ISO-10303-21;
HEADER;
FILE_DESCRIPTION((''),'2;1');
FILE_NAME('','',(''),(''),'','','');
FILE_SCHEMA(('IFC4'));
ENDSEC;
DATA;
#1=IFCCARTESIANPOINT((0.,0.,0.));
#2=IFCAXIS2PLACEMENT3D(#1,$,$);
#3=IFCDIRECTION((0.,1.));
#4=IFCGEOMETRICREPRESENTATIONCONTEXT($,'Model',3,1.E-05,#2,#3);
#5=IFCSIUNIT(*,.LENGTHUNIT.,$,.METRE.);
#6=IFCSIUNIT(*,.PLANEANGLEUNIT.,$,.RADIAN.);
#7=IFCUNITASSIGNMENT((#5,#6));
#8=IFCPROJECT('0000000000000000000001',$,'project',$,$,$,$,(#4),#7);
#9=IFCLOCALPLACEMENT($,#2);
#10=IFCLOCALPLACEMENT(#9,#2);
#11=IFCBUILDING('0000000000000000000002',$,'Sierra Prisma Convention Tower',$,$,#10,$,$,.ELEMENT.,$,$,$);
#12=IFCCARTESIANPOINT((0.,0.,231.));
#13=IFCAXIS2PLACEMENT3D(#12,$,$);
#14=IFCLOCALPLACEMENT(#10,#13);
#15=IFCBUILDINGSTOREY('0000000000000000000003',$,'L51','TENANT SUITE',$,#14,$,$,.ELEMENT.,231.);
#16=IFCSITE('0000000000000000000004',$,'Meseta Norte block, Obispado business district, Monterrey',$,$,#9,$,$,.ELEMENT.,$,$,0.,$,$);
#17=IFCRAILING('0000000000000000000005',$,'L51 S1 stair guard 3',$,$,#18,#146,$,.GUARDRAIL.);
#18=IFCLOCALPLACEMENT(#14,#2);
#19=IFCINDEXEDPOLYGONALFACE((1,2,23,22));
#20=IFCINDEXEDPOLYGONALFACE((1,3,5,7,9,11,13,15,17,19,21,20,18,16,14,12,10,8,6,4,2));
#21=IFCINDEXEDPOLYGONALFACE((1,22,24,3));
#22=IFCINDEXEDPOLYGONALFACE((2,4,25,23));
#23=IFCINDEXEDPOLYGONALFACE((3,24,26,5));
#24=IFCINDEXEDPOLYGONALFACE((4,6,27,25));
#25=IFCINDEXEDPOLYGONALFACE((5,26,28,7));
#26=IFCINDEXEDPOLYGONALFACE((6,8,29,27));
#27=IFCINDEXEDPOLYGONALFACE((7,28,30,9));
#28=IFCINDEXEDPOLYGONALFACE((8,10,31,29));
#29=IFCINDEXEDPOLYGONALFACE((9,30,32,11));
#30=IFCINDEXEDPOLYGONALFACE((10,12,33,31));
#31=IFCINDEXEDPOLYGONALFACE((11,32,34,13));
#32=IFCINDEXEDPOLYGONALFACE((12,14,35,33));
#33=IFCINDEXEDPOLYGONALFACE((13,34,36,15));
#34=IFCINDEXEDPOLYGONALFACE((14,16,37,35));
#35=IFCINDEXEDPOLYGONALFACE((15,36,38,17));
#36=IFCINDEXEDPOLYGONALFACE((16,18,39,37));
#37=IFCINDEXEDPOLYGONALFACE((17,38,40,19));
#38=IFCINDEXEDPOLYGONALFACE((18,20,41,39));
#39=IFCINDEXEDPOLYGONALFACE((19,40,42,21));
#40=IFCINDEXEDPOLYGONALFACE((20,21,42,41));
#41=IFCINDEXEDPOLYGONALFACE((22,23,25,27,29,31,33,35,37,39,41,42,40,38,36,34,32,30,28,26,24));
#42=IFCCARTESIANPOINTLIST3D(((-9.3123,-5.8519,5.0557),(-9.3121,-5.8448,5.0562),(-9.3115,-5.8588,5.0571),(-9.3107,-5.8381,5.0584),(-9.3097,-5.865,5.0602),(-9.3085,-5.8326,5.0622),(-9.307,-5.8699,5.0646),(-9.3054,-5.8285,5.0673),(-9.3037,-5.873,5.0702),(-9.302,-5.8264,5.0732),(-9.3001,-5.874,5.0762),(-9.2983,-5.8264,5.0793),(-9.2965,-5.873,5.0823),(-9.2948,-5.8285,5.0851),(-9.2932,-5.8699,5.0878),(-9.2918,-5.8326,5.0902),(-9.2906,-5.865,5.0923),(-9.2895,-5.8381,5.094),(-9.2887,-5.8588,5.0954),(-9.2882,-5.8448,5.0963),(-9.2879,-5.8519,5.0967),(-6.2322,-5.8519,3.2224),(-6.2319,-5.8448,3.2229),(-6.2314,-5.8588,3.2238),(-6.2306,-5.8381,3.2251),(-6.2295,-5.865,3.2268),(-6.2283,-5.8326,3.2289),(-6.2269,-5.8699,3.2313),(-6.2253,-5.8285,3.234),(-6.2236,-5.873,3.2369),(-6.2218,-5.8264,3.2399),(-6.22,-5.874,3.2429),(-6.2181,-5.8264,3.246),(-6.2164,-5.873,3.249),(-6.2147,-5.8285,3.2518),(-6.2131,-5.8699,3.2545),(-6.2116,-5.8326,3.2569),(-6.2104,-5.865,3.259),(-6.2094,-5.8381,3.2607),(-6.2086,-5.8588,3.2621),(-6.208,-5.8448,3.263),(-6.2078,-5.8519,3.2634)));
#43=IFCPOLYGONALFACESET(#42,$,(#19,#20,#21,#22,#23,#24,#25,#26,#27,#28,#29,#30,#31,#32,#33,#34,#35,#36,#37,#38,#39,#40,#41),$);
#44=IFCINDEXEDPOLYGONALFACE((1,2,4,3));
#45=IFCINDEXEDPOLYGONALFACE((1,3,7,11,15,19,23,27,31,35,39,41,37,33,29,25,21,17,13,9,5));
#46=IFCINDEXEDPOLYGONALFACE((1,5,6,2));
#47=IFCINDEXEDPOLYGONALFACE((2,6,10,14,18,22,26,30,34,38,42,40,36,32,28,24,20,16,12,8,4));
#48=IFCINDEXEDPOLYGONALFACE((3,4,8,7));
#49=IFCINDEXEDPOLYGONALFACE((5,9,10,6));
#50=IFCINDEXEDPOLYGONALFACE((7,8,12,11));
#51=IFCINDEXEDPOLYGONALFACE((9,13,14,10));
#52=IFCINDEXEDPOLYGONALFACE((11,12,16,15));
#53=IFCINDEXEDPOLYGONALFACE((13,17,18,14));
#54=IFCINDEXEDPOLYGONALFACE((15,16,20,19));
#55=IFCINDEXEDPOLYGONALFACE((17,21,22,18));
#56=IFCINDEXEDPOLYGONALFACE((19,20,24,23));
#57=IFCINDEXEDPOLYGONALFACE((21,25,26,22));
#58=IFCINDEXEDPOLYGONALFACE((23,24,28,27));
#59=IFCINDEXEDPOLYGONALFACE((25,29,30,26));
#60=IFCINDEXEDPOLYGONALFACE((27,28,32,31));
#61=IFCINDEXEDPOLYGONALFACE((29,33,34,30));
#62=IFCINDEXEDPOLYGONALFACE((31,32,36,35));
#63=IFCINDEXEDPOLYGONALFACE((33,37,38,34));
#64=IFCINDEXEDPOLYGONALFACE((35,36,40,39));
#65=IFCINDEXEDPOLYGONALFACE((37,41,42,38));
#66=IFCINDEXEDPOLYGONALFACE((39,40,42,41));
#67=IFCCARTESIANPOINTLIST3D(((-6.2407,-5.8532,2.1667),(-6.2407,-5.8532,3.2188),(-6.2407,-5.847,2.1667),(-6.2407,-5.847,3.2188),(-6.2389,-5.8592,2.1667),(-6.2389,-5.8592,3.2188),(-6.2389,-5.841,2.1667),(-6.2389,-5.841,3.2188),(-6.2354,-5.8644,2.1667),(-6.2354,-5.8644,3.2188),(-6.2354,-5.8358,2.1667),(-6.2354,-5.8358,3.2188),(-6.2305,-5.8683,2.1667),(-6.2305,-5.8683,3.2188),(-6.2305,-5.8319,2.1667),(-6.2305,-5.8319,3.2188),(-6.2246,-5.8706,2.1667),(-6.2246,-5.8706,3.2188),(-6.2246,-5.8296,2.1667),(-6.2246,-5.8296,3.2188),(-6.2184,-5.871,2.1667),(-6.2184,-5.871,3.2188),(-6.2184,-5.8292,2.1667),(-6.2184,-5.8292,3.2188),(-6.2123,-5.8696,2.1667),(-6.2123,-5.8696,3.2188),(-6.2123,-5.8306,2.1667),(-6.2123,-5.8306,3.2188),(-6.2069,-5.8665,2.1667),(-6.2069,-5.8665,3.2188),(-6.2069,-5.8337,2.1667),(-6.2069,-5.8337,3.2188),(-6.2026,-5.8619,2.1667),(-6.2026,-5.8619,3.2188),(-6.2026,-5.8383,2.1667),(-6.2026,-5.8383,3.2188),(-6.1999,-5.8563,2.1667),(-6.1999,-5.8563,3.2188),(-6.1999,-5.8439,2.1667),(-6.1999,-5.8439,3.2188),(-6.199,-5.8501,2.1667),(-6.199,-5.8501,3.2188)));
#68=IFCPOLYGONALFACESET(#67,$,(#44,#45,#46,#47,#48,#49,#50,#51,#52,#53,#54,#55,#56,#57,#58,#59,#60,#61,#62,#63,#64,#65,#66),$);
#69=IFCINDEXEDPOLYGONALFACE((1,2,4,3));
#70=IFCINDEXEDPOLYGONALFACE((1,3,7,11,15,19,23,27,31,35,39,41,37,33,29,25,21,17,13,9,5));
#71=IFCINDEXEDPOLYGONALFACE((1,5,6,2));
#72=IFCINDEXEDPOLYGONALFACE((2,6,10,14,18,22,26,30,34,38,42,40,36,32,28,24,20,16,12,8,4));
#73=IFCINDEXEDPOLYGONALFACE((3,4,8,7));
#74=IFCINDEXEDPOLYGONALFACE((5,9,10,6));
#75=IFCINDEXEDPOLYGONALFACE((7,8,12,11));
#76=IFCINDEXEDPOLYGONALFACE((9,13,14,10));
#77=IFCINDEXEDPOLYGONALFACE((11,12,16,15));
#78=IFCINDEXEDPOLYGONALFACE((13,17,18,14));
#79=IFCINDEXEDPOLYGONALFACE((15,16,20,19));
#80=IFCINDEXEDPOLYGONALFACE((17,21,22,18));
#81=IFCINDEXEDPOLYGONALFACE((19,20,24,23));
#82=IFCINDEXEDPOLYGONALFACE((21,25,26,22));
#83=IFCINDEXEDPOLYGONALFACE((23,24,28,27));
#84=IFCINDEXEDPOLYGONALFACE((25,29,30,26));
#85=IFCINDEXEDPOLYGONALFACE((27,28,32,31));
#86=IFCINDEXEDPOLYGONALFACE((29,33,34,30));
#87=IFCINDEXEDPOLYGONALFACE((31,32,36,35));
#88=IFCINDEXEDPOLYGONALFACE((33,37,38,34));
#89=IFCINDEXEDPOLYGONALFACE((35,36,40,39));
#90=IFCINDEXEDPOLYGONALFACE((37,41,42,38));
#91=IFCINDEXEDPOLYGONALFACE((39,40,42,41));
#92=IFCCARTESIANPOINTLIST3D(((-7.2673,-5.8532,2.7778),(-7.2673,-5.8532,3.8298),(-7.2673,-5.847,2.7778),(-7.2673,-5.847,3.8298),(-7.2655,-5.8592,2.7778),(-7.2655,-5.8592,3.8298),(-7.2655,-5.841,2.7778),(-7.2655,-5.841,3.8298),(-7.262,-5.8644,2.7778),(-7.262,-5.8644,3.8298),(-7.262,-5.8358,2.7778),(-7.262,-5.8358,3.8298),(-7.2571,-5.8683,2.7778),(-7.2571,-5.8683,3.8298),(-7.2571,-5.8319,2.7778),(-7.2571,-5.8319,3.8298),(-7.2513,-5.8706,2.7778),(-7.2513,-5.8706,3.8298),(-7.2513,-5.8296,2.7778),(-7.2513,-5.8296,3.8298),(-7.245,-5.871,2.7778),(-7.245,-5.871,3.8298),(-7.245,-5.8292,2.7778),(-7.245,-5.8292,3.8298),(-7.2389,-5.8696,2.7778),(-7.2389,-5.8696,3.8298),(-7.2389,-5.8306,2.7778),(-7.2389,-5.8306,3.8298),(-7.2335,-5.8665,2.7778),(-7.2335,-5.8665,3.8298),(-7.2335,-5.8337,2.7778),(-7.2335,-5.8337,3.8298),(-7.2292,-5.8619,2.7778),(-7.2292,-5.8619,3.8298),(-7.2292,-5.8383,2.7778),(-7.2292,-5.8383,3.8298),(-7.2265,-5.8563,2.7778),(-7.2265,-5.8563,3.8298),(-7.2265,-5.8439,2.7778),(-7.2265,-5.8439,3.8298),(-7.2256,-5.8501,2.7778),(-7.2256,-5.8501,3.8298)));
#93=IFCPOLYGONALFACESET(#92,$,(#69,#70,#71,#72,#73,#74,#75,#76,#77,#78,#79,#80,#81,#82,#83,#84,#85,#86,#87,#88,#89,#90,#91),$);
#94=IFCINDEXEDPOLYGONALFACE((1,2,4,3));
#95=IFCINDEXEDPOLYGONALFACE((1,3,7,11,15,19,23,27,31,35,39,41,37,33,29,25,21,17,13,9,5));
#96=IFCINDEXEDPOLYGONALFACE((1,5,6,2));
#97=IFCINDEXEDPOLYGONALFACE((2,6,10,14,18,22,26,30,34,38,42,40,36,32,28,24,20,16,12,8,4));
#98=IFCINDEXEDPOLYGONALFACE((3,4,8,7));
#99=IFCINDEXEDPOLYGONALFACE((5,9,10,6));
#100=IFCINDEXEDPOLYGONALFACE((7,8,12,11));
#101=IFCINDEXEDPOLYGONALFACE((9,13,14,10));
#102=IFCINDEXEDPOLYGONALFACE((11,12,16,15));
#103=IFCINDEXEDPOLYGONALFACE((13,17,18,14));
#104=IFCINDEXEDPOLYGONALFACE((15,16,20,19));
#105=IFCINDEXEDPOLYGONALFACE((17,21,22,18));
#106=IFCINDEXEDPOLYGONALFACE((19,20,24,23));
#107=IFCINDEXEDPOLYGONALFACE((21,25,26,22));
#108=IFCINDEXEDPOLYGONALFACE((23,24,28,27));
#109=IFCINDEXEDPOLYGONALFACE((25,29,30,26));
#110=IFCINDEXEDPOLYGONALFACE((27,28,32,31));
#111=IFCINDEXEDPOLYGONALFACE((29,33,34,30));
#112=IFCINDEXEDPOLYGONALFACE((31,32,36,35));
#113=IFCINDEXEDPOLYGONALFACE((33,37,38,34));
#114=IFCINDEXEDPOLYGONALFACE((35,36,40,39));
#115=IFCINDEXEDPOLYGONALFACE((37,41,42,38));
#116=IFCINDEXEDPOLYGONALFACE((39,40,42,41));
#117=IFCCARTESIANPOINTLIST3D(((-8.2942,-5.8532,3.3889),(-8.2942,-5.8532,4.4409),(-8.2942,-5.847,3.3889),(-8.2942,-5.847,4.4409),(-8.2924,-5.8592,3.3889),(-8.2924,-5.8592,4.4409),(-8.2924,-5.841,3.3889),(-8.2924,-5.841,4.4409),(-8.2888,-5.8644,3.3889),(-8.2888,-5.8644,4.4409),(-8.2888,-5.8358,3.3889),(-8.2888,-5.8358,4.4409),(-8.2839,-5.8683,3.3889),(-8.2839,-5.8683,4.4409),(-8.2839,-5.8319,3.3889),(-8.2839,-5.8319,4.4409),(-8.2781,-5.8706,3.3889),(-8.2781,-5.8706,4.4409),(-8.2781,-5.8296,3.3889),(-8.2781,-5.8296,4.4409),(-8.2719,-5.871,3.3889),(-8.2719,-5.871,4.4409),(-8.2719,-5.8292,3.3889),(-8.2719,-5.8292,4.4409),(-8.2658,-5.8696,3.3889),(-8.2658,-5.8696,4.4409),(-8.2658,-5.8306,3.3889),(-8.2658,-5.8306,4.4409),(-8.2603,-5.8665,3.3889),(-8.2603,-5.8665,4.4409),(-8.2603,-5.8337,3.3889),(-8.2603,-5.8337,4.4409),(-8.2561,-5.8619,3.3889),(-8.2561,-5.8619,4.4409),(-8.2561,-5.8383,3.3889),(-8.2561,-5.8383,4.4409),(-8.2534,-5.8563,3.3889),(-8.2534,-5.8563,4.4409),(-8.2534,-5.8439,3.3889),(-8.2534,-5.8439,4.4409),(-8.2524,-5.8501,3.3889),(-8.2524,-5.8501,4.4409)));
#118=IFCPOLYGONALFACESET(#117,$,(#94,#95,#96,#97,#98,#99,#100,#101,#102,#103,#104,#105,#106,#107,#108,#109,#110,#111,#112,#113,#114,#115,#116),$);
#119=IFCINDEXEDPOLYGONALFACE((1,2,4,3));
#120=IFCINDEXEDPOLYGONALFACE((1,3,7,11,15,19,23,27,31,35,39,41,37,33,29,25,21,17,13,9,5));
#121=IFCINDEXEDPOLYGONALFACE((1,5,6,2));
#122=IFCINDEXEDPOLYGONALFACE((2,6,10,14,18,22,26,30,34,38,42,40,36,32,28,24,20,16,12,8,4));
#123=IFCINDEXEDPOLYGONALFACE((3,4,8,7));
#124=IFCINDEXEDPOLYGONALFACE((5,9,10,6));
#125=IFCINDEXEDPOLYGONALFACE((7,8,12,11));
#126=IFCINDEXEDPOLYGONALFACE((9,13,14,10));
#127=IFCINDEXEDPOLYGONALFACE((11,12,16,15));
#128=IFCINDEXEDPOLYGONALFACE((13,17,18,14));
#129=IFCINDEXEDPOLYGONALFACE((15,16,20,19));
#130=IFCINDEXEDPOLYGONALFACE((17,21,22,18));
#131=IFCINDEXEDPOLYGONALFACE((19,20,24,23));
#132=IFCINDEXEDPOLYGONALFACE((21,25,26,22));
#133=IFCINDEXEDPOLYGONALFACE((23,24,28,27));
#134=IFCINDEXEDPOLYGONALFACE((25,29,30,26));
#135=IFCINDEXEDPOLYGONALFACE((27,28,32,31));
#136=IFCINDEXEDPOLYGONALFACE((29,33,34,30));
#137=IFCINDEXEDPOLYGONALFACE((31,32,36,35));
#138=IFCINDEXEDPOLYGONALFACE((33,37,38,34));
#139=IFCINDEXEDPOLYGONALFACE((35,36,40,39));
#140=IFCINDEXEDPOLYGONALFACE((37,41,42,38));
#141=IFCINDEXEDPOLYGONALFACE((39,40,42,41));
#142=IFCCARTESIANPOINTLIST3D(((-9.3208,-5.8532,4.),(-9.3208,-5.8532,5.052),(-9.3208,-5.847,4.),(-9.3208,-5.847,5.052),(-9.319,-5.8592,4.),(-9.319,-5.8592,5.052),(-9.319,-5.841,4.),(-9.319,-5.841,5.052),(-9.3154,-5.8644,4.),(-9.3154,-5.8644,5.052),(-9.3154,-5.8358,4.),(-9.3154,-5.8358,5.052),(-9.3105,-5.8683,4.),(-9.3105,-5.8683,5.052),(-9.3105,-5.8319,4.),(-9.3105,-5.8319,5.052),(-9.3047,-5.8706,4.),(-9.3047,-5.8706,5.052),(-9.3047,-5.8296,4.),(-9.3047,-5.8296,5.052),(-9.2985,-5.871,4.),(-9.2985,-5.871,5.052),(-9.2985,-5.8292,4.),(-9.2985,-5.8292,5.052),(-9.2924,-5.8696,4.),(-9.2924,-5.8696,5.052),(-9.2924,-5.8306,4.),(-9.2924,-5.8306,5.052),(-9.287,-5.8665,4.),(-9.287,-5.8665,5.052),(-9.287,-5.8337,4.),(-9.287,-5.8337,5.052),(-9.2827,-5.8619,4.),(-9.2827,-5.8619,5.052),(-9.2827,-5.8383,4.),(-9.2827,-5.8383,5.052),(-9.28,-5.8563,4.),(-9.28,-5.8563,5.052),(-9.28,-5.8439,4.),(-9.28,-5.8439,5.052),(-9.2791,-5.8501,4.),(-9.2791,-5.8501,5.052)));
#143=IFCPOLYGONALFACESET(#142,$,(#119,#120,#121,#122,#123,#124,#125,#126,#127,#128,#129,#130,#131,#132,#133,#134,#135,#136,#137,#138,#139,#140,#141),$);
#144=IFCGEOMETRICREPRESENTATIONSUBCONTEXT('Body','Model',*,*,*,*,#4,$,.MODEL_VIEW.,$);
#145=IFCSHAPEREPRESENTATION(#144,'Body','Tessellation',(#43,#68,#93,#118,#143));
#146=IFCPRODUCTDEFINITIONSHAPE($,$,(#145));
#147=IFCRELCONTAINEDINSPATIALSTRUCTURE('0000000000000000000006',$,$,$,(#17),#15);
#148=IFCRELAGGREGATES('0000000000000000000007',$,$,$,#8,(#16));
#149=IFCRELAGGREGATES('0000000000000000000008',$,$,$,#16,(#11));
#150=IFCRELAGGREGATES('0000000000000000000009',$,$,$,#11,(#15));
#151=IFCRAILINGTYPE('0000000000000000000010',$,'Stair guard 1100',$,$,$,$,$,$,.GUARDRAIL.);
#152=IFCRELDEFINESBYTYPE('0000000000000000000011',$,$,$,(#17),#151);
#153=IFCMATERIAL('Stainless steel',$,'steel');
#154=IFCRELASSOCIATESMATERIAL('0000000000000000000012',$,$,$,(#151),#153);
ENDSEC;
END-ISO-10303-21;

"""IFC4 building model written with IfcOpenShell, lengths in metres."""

from ifc_helpers import new_model, si_unit, direction, frame, origin, origin_2d, place, context, subcontext, project, spatial, circle, extrude, material, type_object, element, save


model = new_model("IFC4")

# Units and contexts
model_context = context("Model", 3, precision=1e-05, world=origin(), true_north=direction((0.0, 1.0)))
body_context = subcontext(model_context, "Body", "Model", "MODEL_VIEW")
ifc_project = project(units=[si_unit("LENGTHUNIT", "METRE"), si_unit("PLANEANGLEUNIT", "RADIAN")], contexts=[model_context])

# Site, building, storey
site_placement = place(None, origin())
site = spatial("IfcSite", under=ifc_project, at=site_placement, Name="Meseta Norte block, Obispado business district, Monterrey", CompositionType="ELEMENT", RefElevation=0.0)
building_placement = place(site_placement, origin())
building = spatial("IfcBuilding", under=site, at=building_placement, Name="Sierra Prisma Convention Tower", CompositionType="ELEMENT")
storey_placement = place(building_placement, frame((0.0, 0.0, 231.0)))
storey = spatial("IfcBuildingStorey", under=building, at=storey_placement, Name="L51", Description="TENANT SUITE", CompositionType="ELEMENT", Elevation=231.0)

# Railing
ifc_material_1 = material(Name="Stainless steel", Category="steel")
railing_type_1 = type_object("IfcRailingType", Name="Stair guard 1100", PredefinedType="GUARDRAIL", material=ifc_material_1)
railing_1_placement = place(storey_placement, frame((-6.22, -5.8501, 2.1667)))
element("IfcRailing", 1, at=railing_1_placement, inside=storey, type_object=railing_type_1, Name="L51 S1 stair guard 3", PredefinedType="GUARDRAIL", context=body_context, shape_type="SweptSolid", body=[
    extrude(circle(Radius=0.0239, at=origin_2d()), frame((0.0, 0.0, 1.0762), z_axis=(-0.859309, 0.0, 0.511458), x_axis=(0.0, -1.0, 0.0)), (0.0, 0.0, 1.0), 3.5845),
    extrude(circle(Radius=0.021, at=origin_2d()), origin(), (0.0, 0.0, 1.0), 1.052),
    extrude(circle(Radius=0.021, at=origin_2d()), frame((-1.0266, 0.0, 0.6111)), (0.0, 0.0, 1.0), 1.052),
    extrude(circle(Radius=0.021, at=origin_2d()), frame((-2.0535, 0.0, 1.2222)), (0.0, 0.0, 1.0), 1.052),
    extrude(circle(Radius=0.021, at=origin_2d()), frame((-3.0801, 0.0, 1.8333)), (0.0, 0.0, 1.0), 1.052),
])

save(model, "model.ifc")
